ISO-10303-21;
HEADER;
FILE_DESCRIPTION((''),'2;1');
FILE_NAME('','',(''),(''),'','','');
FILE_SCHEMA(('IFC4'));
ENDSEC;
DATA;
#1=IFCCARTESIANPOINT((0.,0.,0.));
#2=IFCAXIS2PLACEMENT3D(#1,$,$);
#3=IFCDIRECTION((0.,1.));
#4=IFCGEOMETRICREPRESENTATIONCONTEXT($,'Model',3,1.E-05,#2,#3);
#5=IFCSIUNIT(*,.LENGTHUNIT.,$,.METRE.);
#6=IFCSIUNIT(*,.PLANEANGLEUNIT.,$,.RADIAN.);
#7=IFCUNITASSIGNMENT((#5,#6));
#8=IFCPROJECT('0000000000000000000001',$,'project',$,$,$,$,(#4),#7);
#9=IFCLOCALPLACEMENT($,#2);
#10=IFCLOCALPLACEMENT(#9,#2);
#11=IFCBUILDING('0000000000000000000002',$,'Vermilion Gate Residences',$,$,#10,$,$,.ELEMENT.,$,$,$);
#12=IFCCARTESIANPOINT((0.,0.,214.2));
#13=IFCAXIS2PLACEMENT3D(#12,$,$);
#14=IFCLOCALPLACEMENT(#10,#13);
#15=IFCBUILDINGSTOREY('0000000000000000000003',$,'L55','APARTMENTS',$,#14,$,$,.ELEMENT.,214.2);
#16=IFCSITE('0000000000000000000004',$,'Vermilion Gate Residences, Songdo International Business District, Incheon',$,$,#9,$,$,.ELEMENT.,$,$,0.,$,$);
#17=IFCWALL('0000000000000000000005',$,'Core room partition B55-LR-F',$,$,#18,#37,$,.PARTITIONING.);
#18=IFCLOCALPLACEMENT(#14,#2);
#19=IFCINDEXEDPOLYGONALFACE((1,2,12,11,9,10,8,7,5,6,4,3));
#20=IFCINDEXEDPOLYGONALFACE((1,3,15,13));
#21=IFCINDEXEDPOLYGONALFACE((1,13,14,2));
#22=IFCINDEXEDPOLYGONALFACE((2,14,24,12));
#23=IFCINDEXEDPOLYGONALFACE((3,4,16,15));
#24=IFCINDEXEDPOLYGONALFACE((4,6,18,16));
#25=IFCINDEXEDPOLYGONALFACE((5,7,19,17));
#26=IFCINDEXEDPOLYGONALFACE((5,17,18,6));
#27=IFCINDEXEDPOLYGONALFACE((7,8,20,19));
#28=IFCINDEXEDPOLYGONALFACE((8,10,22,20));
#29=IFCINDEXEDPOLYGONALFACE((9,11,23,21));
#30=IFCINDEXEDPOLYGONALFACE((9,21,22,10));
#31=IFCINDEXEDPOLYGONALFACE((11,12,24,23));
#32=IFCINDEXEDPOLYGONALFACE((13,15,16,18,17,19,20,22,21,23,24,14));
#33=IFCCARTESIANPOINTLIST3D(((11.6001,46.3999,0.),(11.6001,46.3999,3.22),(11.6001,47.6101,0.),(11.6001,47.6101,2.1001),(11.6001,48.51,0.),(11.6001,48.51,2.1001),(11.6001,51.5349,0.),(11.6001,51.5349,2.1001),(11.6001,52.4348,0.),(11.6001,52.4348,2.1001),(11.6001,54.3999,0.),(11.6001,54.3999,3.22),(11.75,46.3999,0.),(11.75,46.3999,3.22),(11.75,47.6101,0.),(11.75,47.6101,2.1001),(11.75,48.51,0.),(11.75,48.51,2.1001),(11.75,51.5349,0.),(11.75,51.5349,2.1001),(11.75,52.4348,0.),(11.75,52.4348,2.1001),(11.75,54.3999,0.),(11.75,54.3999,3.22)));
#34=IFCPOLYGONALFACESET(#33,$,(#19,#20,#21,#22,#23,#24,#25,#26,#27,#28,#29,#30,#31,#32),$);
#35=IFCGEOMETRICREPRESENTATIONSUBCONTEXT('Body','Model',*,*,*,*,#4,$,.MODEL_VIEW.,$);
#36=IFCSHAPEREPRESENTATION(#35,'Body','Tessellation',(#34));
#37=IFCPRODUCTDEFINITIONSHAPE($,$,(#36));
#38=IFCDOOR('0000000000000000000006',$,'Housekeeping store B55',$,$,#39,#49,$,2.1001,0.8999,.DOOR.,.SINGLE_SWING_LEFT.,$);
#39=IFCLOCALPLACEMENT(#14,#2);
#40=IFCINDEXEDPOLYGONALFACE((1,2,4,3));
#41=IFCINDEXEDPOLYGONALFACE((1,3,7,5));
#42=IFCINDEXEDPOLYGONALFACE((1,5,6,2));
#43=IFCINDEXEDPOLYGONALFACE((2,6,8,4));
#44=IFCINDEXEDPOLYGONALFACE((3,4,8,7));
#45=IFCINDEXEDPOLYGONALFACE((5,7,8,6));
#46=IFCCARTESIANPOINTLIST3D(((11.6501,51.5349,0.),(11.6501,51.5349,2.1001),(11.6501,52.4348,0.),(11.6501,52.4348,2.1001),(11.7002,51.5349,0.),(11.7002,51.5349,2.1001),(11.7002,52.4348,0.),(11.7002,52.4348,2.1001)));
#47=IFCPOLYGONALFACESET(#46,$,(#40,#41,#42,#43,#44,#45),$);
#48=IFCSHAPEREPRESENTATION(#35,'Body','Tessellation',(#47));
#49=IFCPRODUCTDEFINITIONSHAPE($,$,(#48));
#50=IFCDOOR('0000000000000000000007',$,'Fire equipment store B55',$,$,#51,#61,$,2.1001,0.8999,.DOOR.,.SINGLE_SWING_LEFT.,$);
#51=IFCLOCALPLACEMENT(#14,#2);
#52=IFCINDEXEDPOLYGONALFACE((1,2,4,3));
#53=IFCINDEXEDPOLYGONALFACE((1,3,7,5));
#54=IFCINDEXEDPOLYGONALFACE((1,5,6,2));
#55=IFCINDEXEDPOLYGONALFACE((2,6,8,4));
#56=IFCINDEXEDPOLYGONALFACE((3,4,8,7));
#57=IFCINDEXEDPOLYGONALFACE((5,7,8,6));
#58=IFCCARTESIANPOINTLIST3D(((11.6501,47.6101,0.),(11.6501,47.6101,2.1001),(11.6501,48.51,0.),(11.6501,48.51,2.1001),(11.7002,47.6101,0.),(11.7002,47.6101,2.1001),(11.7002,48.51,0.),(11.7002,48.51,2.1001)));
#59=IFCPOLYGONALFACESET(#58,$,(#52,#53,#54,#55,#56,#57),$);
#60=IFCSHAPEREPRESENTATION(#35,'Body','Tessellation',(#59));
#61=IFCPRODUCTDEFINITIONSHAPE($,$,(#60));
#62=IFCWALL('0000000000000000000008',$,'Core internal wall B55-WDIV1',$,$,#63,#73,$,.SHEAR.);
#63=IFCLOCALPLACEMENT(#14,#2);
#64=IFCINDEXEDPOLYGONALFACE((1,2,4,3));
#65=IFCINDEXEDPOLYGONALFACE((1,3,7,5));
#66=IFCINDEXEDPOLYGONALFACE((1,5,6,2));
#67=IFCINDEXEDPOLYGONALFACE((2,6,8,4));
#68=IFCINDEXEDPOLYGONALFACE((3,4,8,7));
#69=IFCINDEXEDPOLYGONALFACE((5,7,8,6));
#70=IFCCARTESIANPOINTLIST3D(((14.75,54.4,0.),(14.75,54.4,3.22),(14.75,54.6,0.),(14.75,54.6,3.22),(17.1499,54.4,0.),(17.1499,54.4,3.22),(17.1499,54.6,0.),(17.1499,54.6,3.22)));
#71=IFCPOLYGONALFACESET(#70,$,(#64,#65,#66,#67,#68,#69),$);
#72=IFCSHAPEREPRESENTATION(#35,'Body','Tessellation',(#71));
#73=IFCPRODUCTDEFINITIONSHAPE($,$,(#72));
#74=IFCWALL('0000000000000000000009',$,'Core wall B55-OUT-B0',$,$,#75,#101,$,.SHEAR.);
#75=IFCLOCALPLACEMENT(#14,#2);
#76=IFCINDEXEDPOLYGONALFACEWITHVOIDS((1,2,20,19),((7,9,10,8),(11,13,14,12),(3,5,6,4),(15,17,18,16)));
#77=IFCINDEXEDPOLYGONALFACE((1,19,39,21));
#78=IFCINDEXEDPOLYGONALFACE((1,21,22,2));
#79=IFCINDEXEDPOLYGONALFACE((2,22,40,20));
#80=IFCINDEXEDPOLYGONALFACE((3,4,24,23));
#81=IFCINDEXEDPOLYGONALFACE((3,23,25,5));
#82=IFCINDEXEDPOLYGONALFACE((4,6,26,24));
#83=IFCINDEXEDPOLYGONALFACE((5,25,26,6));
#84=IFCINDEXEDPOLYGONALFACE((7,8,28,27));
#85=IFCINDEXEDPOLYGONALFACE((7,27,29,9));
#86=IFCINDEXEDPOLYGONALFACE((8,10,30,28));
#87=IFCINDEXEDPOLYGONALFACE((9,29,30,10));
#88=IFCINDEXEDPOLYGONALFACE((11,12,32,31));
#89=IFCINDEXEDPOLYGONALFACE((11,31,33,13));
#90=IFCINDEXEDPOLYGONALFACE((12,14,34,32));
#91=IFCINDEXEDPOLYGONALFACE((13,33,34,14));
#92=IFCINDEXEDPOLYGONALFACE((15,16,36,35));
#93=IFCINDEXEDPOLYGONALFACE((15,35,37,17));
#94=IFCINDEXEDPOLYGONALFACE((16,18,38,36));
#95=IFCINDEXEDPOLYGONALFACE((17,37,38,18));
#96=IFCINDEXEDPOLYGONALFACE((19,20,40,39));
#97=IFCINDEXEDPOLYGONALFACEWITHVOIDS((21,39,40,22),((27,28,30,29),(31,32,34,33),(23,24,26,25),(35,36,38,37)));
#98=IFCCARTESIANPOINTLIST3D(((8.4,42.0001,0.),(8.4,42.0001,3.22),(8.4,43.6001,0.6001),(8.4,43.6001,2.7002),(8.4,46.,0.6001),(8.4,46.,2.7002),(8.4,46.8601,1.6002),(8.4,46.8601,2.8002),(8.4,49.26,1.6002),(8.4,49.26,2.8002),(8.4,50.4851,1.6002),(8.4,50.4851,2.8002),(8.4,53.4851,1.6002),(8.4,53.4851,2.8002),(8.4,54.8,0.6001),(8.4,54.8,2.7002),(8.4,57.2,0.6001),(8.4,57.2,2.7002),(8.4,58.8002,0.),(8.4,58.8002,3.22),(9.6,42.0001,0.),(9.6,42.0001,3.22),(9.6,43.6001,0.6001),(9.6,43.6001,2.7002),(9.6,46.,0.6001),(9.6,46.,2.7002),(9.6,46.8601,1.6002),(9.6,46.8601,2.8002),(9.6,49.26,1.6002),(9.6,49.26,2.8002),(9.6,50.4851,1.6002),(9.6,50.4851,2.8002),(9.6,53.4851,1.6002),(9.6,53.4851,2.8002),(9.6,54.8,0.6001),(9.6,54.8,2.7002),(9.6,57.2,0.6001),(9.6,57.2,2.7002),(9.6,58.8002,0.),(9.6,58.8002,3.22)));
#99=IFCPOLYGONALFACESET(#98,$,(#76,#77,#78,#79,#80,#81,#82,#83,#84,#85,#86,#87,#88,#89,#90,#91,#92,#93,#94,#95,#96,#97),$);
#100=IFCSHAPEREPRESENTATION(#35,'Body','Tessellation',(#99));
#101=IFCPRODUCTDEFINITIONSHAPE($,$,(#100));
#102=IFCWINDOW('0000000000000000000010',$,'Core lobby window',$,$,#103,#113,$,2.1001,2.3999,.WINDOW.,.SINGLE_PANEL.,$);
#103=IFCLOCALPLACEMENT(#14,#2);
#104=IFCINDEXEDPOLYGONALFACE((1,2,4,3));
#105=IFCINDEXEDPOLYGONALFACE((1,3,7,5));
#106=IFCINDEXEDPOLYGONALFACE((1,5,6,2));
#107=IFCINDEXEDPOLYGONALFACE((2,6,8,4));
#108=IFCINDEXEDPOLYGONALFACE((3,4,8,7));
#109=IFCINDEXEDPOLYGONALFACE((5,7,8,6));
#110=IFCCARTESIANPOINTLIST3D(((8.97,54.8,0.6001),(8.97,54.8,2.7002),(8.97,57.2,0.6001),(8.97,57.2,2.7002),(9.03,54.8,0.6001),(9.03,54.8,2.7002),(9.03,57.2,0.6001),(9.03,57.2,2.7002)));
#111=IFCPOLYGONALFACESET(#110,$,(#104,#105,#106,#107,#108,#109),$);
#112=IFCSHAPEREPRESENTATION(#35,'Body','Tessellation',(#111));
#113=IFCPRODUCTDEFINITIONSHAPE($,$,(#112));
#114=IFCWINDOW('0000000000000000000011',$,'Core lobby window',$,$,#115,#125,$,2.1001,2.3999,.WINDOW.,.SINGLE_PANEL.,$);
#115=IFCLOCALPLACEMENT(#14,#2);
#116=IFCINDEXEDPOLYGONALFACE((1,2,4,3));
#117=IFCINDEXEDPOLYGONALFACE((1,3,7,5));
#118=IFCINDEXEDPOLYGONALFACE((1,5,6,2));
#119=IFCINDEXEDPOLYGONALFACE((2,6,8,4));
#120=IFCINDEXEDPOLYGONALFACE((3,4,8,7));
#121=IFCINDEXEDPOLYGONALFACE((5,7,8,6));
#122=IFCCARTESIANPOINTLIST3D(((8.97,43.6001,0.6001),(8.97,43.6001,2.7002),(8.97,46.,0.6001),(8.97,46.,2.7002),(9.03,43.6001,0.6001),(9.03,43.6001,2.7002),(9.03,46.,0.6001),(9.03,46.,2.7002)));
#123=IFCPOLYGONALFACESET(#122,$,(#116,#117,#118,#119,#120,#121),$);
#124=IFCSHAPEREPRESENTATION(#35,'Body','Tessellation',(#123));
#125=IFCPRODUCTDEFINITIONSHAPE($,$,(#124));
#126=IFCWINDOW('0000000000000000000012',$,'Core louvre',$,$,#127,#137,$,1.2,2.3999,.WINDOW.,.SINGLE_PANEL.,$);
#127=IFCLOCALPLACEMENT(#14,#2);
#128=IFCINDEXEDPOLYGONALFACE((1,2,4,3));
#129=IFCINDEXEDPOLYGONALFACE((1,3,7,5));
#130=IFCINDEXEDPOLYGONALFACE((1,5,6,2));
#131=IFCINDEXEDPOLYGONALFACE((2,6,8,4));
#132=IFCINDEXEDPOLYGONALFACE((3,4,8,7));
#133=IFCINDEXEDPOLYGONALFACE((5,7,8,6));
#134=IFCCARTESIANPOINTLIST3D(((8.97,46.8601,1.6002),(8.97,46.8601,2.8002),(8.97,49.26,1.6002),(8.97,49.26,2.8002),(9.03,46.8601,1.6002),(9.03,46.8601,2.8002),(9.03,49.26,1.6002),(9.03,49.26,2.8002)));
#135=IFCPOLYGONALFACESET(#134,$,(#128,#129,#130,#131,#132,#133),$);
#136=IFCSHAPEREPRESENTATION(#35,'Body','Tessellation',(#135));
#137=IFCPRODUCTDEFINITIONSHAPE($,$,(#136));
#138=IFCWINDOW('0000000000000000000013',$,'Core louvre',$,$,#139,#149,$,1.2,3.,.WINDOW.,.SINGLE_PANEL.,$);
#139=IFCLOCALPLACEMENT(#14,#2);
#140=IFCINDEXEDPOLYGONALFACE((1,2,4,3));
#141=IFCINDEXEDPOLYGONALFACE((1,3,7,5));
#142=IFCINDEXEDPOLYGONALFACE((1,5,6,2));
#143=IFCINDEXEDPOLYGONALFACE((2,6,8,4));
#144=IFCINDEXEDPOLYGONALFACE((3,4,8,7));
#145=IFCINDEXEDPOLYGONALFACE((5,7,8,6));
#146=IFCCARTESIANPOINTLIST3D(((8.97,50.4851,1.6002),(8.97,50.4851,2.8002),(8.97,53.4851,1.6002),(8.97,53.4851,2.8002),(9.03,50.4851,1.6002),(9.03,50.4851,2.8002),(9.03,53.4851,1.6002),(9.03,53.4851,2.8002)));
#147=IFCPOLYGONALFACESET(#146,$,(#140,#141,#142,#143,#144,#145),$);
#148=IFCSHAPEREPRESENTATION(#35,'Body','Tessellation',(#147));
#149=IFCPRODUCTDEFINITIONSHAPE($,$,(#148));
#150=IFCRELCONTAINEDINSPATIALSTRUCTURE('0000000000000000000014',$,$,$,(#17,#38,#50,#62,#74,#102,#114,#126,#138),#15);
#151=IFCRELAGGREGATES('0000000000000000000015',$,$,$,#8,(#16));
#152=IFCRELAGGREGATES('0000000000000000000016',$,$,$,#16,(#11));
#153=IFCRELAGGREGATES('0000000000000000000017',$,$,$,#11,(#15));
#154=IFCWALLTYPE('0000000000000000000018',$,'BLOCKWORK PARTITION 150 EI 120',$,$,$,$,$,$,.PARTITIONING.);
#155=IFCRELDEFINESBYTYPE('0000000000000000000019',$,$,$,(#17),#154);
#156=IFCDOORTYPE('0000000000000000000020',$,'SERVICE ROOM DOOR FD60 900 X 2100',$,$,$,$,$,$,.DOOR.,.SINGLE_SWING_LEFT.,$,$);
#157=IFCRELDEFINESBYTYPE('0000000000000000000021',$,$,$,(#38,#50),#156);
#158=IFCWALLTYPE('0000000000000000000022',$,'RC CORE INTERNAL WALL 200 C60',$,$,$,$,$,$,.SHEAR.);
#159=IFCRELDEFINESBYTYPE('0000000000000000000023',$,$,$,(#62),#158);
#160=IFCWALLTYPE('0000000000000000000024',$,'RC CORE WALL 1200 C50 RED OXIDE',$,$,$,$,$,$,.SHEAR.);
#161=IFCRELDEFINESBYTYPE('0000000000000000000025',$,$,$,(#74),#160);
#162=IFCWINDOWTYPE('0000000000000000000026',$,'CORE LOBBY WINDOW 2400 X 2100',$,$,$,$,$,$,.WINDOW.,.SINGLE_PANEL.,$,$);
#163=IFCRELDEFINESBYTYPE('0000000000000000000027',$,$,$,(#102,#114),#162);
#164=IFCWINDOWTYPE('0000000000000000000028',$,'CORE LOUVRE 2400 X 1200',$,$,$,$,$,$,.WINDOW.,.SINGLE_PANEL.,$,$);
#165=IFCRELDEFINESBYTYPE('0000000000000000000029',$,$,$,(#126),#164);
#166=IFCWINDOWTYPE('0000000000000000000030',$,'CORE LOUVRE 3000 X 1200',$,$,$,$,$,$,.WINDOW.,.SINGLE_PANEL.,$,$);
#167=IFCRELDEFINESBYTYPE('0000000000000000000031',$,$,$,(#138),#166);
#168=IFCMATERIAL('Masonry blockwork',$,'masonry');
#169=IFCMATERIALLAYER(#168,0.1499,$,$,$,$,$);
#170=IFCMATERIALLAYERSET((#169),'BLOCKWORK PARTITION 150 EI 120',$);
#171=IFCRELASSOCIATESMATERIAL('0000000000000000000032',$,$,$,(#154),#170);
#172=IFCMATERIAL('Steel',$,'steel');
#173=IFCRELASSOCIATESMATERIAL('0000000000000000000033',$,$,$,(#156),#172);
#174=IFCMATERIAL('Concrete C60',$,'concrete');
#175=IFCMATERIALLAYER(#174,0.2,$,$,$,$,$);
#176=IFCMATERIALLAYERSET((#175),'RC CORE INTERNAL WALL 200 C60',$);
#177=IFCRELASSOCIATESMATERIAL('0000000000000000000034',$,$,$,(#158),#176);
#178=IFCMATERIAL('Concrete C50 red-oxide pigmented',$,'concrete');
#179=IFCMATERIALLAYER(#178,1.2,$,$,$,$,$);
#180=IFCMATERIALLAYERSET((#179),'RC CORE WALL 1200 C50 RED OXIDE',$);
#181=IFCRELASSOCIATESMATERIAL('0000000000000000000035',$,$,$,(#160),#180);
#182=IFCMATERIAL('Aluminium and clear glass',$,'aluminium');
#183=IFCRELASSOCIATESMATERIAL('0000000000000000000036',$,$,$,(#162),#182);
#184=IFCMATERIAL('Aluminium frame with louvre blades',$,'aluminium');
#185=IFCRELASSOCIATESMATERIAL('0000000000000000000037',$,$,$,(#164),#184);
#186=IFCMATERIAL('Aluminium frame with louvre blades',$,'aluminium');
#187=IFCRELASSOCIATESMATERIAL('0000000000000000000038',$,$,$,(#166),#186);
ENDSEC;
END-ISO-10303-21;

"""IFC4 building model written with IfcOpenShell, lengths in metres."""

from ifc_helpers import new_model, si_unit, direction, frame, frame_2d, origin, place, context, subcontext, project, spatial, rectangle, extrude, material, layer, layer_set, type_object, element, fill, save


model = new_model("IFC4")

# Units and contexts
model_context = context("Model", 3, precision=1e-05, world=origin(), true_north=direction((0.0, 1.0)))
body_context = subcontext(model_context, "Body", "Model", "MODEL_VIEW")
ifc_project = project(units=[si_unit("LENGTHUNIT", "METRE"), si_unit("PLANEANGLEUNIT", "RADIAN")], contexts=[model_context])

# Site, building, storey
site_placement = place(None, origin())
site = spatial("IfcSite", under=ifc_project, at=site_placement, Name="Vermilion Gate Residences, Songdo International Business District, Incheon", CompositionType="ELEMENT", RefElevation=0.0)
building_placement = place(site_placement, origin())
building = spatial("IfcBuilding", under=site, at=building_placement, Name="Vermilion Gate Residences", CompositionType="ELEMENT")
storey_placement = place(building_placement, frame((0.0, 0.0, 214.2)))
storey = spatial("IfcBuildingStorey", under=building, at=storey_placement, Name="L55", Description="APARTMENTS", CompositionType="ELEMENT", Elevation=214.2)

# Wall, openings, doors
ifc_material_1 = material(Name="Masonry blockwork", Category="masonry")
ifc_layer_1 = layer(ifc_material_1, 0.1499)
ifc_layer_set_1 = layer_set([ifc_layer_1], Name="BLOCKWORK PARTITION 150 EI 120")
wall_type_1 = type_object("IfcWallType", Name="BLOCKWORK PARTITION 150 EI 120", PredefinedType="PARTITIONING", material=ifc_layer_set_1)
wall_1_placement = place(storey_placement, frame((11.675, 54.3999, 0.0), z_axis=(0.0, 0.0, 1.0), x_axis=(0.0, -1.0, 0.0)))
wall_1 = element("IfcWall", 1, at=wall_1_placement, inside=storey, type_object=wall_type_1, Name="Core room partition B55-LR-F", PredefinedType="PARTITIONING", context=body_context, shape_type="SweptSolid", body=[
    extrude(rectangle(XDim=8.0, YDim=0.1499, at=frame_2d((4.0, 0.0))), origin(), (0.0, 0.0, 1.0), 3.22),
])
opening_1_placement = place(wall_1_placement, frame((1.9651, 0.0, 0.0)))
opening_1 = element("IfcOpeningElement", 2, at=opening_1_placement, cuts=wall_1, PredefinedType="OPENING", context=body_context, shape_type="SweptSolid", body=[
    extrude(rectangle(XDim=0.8999, YDim=2.1001, at=frame_2d((0.45, 1.05))), frame((0.0, 0.085, 0.0), z_axis=(0.0, -1.0, 0.0), x_axis=(1.0, 0.0, 0.0)), (0.0, 0.0, 1.0), 0.1699),
])
opening_2_placement = place(wall_1_placement, frame((5.8899, 0.0, 0.0)))
opening_2 = element("IfcOpeningElement", 3, at=opening_2_placement, cuts=wall_1, PredefinedType="OPENING", context=body_context, shape_type="SweptSolid", body=[
    extrude(rectangle(XDim=0.8999, YDim=2.1001, at=frame_2d((0.45, 1.05))), frame((0.0, 0.085, 0.0), z_axis=(0.0, -1.0, 0.0), x_axis=(1.0, 0.0, 0.0)), (0.0, 0.0, 1.0), 0.1699),
])
ifc_material_2 = material(Name="Steel", Category="steel")
door_type = type_object("IfcDoorType", Name="SERVICE ROOM DOOR FD60 900 X 2100", OperationType="SINGLE_SWING_LEFT", PredefinedType="DOOR", material=ifc_material_2)
door_1_placement = place(opening_1_placement, frame((0.8999, 0.0, 0.0), z_axis=(0.0, 0.0, 1.0), x_axis=(-1.0, 0.0, 0.0)))
door_1 = element("IfcDoor", 4, at=door_1_placement, inside=storey, type_object=door_type, Name="Housekeeping store B55", OperationType="SINGLE_SWING_LEFT", OverallHeight=2.1001, OverallWidth=0.8999, PredefinedType="DOOR", context=body_context, shape_type="SweptSolid", body=[
    extrude(rectangle(XDim=0.8999, YDim=2.1001, at=frame_2d((0.45, 1.05))), frame((0.0, 0.0249, 0.0), z_axis=(0.0, -1.0, 0.0), x_axis=(1.0, 0.0, 0.0)), (0.0, 0.0, 1.0), 0.05),
])
fill(opening_1, door_1)
door_2_placement = place(opening_2_placement, frame((0.8999, 0.0, 0.0), z_axis=(0.0, 0.0, 1.0), x_axis=(-1.0, 0.0, 0.0)))
door_2 = element("IfcDoor", 5, at=door_2_placement, inside=storey, type_object=door_type, Name="Fire equipment store B55", OperationType="SINGLE_SWING_LEFT", OverallHeight=2.1001, OverallWidth=0.8999, PredefinedType="DOOR", context=body_context, shape_type="SweptSolid", body=[
    extrude(rectangle(XDim=0.8999, YDim=2.1001, at=frame_2d((0.45, 1.05))), frame((0.0, 0.0249, 0.0), z_axis=(0.0, -1.0, 0.0), x_axis=(1.0, 0.0, 0.0)), (0.0, 0.0, 1.0), 0.05),
])
fill(opening_2, door_2)

# Wall
ifc_material_3 = material(Name="Concrete C60", Category="concrete")
ifc_layer_2 = layer(ifc_material_3, 0.2)
ifc_layer_set_2 = layer_set([ifc_layer_2], Name="RC CORE INTERNAL WALL 200 C60")
wall_type_2 = type_object("IfcWallType", Name="RC CORE INTERNAL WALL 200 C60", PredefinedType="SHEAR", material=ifc_layer_set_2)
wall_2_placement = place(storey_placement, frame((14.75, 54.5, 0.0), z_axis=(0.0, 0.0, 1.0), x_axis=(1.0, 0.0, 0.0)))
element("IfcWall", 6, at=wall_2_placement, inside=storey, type_object=wall_type_2, Name="Core internal wall B55-WDIV1", PredefinedType="SHEAR", context=body_context, shape_type="SweptSolid", body=[
    extrude(rectangle(XDim=2.3999, YDim=0.2, at=frame_2d((1.2, 0.0))), origin(), (0.0, 0.0, 1.0), 3.22),
])

# Wall, openings, windows
ifc_material_4 = material(Name="Concrete C50 red-oxide pigmented", Category="concrete")
ifc_layer_3 = layer(ifc_material_4, 1.2)
ifc_layer_set_3 = layer_set([ifc_layer_3], Name="RC CORE WALL 1200 C50 RED OXIDE")
wall_type_3 = type_object("IfcWallType", Name="RC CORE WALL 1200 C50 RED OXIDE", PredefinedType="SHEAR", material=ifc_layer_set_3)
wall_3_placement = place(storey_placement, frame((9.0, 58.8, 0.0), z_axis=(0.0, 0.0, 1.0), x_axis=(0.0, -1.0, 0.0)))
wall_3 = element("IfcWall", 7, at=wall_3_placement, inside=storey, type_object=wall_type_3, Name="Core wall B55-OUT-B0", PredefinedType="SHEAR", context=body_context, shape_type="SweptSolid", body=[
    extrude(rectangle(XDim=16.8, YDim=1.2, at=frame_2d((8.3999, 0.0))), origin(), (0.0, 0.0, 1.0), 3.22),
])
opening_3_placement = place(wall_3_placement, frame((1.6001, 0.0, 0.6001)))
opening_3 = element("IfcOpeningElement", 8, at=opening_3_placement, cuts=wall_3, PredefinedType="OPENING", context=body_context, shape_type="SweptSolid", body=[
    extrude(rectangle(XDim=2.3999, YDim=2.1001, at=frame_2d((1.2, 1.05))), frame((0.0, 0.6099, 0.0), z_axis=(0.0, -1.0, 0.0), x_axis=(1.0, 0.0, 0.0)), (0.0, 0.0, 1.0), 1.22),
])
opening_4_placement = place(wall_3_placement, frame((5.3149, 0.0, 1.6001)))
opening_4 = element("IfcOpeningElement", 9, at=opening_4_placement, cuts=wall_3, PredefinedType="OPENING", context=body_context, shape_type="SweptSolid", body=[
    extrude(rectangle(XDim=3.0, YDim=1.2, at=frame_2d((1.5, 0.6001))), frame((0.0, 0.6099, 0.0), z_axis=(0.0, -1.0, 0.0), x_axis=(1.0, 0.0, 0.0)), (0.0, 0.0, 1.0), 1.22),
])
opening_5_placement = place(wall_3_placement, frame((9.54, 0.0, 1.6001)))
opening_5 = element("IfcOpeningElement", 10, at=opening_5_placement, cuts=wall_3, PredefinedType="OPENING", context=body_context, shape_type="SweptSolid", body=[
    extrude(rectangle(XDim=2.3999, YDim=1.2, at=frame_2d((1.2, 0.6001))), frame((0.0, 0.6099, 0.0), z_axis=(0.0, -1.0, 0.0), x_axis=(1.0, 0.0, 0.0)), (0.0, 0.0, 1.0), 1.22),
])
opening_6_placement = place(wall_3_placement, frame((12.8, 0.0, 0.6001)))
opening_6 = element("IfcOpeningElement", 11, at=opening_6_placement, cuts=wall_3, PredefinedType="OPENING", context=body_context, shape_type="SweptSolid", body=[
    extrude(rectangle(XDim=2.3999, YDim=2.1001, at=frame_2d((1.2, 1.05))), frame((0.0, 0.6099, 0.0), z_axis=(0.0, -1.0, 0.0), x_axis=(1.0, 0.0, 0.0)), (0.0, 0.0, 1.0), 1.22),
])
ifc_material_5 = material(Name="Aluminium and clear glass", Category="aluminium")
window_type_1 = type_object("IfcWindowType", Name="CORE LOBBY WINDOW 2400 X 2100", PartitioningType="SINGLE_PANEL", PredefinedType="WINDOW", material=ifc_material_5)
window_1_placement = place(opening_3_placement, origin())
window_1 = element("IfcWindow", 12, at=window_1_placement, inside=storey, type_object=window_type_1, Name="Core lobby window", OverallHeight=2.1001, OverallWidth=2.3999, PartitioningType="SINGLE_PANEL", PredefinedType="WINDOW", context=body_context, shape_type="SweptSolid", body=[
    extrude(rectangle(XDim=2.3999, YDim=2.1001, at=frame_2d((1.2, 1.05))), frame((0.0, 0.03, 0.0), z_axis=(0.0, -1.0, 0.0), x_axis=(1.0, 0.0, 0.0)), (0.0, 0.0, 1.0), 0.0601),
])
fill(opening_3, window_1)
window_2_placement = place(opening_6_placement, origin())
window_2 = element("IfcWindow", 13, at=window_2_placement, inside=storey, type_object=window_type_1, Name="Core lobby window", OverallHeight=2.1001, OverallWidth=2.3999, PartitioningType="SINGLE_PANEL", PredefinedType="WINDOW", context=body_context, shape_type="SweptSolid", body=[
    extrude(rectangle(XDim=2.3999, YDim=2.1001, at=frame_2d((1.2, 1.05))), frame((0.0, 0.03, 0.0), z_axis=(0.0, -1.0, 0.0), x_axis=(1.0, 0.0, 0.0)), (0.0, 0.0, 1.0), 0.0601),
])
fill(opening_6, window_2)
ifc_material_6 = material(Name="Aluminium frame with louvre blades", Category="aluminium")
window_type_2 = type_object("IfcWindowType", Name="CORE LOUVRE 2400 X 1200", PartitioningType="SINGLE_PANEL", PredefinedType="WINDOW", material=ifc_material_6)
window_3_placement = place(opening_5_placement, origin())
window_3 = element("IfcWindow", 14, at=window_3_placement, inside=storey, type_object=window_type_2, Name="Core louvre", OverallHeight=1.2, OverallWidth=2.3999, PartitioningType="SINGLE_PANEL", PredefinedType="WINDOW", context=body_context, shape_type="SweptSolid", body=[
    extrude(rectangle(XDim=2.3999, YDim=1.2, at=frame_2d((1.2, 0.6001))), frame((0.0, 0.03, 0.0), z_axis=(0.0, -1.0, 0.0), x_axis=(1.0, 0.0, 0.0)), (0.0, 0.0, 1.0), 0.0601),
])
fill(opening_5, window_3)
ifc_material_7 = material(Name="Aluminium frame with louvre blades", Category="aluminium")
window_type_3 = type_object("IfcWindowType", Name="CORE LOUVRE 3000 X 1200", PartitioningType="SINGLE_PANEL", PredefinedType="WINDOW", material=ifc_material_7)
window_4_placement = place(opening_4_placement, origin())
window_4 = element("IfcWindow", 15, at=window_4_placement, inside=storey, type_object=window_type_3, Name="Core louvre", OverallHeight=1.2, OverallWidth=3.0, PartitioningType="SINGLE_PANEL", PredefinedType="WINDOW", context=body_context, shape_type="SweptSolid", body=[
    extrude(rectangle(XDim=3.0, YDim=1.2, at=frame_2d((1.5, 0.6001))), frame((0.0, 0.03, 0.0), z_axis=(0.0, -1.0, 0.0), x_axis=(1.0, 0.0, 0.0)), (0.0, 0.0, 1.0), 0.0601),
])
fill(opening_4, window_4)

save(model, "model.ifc")
